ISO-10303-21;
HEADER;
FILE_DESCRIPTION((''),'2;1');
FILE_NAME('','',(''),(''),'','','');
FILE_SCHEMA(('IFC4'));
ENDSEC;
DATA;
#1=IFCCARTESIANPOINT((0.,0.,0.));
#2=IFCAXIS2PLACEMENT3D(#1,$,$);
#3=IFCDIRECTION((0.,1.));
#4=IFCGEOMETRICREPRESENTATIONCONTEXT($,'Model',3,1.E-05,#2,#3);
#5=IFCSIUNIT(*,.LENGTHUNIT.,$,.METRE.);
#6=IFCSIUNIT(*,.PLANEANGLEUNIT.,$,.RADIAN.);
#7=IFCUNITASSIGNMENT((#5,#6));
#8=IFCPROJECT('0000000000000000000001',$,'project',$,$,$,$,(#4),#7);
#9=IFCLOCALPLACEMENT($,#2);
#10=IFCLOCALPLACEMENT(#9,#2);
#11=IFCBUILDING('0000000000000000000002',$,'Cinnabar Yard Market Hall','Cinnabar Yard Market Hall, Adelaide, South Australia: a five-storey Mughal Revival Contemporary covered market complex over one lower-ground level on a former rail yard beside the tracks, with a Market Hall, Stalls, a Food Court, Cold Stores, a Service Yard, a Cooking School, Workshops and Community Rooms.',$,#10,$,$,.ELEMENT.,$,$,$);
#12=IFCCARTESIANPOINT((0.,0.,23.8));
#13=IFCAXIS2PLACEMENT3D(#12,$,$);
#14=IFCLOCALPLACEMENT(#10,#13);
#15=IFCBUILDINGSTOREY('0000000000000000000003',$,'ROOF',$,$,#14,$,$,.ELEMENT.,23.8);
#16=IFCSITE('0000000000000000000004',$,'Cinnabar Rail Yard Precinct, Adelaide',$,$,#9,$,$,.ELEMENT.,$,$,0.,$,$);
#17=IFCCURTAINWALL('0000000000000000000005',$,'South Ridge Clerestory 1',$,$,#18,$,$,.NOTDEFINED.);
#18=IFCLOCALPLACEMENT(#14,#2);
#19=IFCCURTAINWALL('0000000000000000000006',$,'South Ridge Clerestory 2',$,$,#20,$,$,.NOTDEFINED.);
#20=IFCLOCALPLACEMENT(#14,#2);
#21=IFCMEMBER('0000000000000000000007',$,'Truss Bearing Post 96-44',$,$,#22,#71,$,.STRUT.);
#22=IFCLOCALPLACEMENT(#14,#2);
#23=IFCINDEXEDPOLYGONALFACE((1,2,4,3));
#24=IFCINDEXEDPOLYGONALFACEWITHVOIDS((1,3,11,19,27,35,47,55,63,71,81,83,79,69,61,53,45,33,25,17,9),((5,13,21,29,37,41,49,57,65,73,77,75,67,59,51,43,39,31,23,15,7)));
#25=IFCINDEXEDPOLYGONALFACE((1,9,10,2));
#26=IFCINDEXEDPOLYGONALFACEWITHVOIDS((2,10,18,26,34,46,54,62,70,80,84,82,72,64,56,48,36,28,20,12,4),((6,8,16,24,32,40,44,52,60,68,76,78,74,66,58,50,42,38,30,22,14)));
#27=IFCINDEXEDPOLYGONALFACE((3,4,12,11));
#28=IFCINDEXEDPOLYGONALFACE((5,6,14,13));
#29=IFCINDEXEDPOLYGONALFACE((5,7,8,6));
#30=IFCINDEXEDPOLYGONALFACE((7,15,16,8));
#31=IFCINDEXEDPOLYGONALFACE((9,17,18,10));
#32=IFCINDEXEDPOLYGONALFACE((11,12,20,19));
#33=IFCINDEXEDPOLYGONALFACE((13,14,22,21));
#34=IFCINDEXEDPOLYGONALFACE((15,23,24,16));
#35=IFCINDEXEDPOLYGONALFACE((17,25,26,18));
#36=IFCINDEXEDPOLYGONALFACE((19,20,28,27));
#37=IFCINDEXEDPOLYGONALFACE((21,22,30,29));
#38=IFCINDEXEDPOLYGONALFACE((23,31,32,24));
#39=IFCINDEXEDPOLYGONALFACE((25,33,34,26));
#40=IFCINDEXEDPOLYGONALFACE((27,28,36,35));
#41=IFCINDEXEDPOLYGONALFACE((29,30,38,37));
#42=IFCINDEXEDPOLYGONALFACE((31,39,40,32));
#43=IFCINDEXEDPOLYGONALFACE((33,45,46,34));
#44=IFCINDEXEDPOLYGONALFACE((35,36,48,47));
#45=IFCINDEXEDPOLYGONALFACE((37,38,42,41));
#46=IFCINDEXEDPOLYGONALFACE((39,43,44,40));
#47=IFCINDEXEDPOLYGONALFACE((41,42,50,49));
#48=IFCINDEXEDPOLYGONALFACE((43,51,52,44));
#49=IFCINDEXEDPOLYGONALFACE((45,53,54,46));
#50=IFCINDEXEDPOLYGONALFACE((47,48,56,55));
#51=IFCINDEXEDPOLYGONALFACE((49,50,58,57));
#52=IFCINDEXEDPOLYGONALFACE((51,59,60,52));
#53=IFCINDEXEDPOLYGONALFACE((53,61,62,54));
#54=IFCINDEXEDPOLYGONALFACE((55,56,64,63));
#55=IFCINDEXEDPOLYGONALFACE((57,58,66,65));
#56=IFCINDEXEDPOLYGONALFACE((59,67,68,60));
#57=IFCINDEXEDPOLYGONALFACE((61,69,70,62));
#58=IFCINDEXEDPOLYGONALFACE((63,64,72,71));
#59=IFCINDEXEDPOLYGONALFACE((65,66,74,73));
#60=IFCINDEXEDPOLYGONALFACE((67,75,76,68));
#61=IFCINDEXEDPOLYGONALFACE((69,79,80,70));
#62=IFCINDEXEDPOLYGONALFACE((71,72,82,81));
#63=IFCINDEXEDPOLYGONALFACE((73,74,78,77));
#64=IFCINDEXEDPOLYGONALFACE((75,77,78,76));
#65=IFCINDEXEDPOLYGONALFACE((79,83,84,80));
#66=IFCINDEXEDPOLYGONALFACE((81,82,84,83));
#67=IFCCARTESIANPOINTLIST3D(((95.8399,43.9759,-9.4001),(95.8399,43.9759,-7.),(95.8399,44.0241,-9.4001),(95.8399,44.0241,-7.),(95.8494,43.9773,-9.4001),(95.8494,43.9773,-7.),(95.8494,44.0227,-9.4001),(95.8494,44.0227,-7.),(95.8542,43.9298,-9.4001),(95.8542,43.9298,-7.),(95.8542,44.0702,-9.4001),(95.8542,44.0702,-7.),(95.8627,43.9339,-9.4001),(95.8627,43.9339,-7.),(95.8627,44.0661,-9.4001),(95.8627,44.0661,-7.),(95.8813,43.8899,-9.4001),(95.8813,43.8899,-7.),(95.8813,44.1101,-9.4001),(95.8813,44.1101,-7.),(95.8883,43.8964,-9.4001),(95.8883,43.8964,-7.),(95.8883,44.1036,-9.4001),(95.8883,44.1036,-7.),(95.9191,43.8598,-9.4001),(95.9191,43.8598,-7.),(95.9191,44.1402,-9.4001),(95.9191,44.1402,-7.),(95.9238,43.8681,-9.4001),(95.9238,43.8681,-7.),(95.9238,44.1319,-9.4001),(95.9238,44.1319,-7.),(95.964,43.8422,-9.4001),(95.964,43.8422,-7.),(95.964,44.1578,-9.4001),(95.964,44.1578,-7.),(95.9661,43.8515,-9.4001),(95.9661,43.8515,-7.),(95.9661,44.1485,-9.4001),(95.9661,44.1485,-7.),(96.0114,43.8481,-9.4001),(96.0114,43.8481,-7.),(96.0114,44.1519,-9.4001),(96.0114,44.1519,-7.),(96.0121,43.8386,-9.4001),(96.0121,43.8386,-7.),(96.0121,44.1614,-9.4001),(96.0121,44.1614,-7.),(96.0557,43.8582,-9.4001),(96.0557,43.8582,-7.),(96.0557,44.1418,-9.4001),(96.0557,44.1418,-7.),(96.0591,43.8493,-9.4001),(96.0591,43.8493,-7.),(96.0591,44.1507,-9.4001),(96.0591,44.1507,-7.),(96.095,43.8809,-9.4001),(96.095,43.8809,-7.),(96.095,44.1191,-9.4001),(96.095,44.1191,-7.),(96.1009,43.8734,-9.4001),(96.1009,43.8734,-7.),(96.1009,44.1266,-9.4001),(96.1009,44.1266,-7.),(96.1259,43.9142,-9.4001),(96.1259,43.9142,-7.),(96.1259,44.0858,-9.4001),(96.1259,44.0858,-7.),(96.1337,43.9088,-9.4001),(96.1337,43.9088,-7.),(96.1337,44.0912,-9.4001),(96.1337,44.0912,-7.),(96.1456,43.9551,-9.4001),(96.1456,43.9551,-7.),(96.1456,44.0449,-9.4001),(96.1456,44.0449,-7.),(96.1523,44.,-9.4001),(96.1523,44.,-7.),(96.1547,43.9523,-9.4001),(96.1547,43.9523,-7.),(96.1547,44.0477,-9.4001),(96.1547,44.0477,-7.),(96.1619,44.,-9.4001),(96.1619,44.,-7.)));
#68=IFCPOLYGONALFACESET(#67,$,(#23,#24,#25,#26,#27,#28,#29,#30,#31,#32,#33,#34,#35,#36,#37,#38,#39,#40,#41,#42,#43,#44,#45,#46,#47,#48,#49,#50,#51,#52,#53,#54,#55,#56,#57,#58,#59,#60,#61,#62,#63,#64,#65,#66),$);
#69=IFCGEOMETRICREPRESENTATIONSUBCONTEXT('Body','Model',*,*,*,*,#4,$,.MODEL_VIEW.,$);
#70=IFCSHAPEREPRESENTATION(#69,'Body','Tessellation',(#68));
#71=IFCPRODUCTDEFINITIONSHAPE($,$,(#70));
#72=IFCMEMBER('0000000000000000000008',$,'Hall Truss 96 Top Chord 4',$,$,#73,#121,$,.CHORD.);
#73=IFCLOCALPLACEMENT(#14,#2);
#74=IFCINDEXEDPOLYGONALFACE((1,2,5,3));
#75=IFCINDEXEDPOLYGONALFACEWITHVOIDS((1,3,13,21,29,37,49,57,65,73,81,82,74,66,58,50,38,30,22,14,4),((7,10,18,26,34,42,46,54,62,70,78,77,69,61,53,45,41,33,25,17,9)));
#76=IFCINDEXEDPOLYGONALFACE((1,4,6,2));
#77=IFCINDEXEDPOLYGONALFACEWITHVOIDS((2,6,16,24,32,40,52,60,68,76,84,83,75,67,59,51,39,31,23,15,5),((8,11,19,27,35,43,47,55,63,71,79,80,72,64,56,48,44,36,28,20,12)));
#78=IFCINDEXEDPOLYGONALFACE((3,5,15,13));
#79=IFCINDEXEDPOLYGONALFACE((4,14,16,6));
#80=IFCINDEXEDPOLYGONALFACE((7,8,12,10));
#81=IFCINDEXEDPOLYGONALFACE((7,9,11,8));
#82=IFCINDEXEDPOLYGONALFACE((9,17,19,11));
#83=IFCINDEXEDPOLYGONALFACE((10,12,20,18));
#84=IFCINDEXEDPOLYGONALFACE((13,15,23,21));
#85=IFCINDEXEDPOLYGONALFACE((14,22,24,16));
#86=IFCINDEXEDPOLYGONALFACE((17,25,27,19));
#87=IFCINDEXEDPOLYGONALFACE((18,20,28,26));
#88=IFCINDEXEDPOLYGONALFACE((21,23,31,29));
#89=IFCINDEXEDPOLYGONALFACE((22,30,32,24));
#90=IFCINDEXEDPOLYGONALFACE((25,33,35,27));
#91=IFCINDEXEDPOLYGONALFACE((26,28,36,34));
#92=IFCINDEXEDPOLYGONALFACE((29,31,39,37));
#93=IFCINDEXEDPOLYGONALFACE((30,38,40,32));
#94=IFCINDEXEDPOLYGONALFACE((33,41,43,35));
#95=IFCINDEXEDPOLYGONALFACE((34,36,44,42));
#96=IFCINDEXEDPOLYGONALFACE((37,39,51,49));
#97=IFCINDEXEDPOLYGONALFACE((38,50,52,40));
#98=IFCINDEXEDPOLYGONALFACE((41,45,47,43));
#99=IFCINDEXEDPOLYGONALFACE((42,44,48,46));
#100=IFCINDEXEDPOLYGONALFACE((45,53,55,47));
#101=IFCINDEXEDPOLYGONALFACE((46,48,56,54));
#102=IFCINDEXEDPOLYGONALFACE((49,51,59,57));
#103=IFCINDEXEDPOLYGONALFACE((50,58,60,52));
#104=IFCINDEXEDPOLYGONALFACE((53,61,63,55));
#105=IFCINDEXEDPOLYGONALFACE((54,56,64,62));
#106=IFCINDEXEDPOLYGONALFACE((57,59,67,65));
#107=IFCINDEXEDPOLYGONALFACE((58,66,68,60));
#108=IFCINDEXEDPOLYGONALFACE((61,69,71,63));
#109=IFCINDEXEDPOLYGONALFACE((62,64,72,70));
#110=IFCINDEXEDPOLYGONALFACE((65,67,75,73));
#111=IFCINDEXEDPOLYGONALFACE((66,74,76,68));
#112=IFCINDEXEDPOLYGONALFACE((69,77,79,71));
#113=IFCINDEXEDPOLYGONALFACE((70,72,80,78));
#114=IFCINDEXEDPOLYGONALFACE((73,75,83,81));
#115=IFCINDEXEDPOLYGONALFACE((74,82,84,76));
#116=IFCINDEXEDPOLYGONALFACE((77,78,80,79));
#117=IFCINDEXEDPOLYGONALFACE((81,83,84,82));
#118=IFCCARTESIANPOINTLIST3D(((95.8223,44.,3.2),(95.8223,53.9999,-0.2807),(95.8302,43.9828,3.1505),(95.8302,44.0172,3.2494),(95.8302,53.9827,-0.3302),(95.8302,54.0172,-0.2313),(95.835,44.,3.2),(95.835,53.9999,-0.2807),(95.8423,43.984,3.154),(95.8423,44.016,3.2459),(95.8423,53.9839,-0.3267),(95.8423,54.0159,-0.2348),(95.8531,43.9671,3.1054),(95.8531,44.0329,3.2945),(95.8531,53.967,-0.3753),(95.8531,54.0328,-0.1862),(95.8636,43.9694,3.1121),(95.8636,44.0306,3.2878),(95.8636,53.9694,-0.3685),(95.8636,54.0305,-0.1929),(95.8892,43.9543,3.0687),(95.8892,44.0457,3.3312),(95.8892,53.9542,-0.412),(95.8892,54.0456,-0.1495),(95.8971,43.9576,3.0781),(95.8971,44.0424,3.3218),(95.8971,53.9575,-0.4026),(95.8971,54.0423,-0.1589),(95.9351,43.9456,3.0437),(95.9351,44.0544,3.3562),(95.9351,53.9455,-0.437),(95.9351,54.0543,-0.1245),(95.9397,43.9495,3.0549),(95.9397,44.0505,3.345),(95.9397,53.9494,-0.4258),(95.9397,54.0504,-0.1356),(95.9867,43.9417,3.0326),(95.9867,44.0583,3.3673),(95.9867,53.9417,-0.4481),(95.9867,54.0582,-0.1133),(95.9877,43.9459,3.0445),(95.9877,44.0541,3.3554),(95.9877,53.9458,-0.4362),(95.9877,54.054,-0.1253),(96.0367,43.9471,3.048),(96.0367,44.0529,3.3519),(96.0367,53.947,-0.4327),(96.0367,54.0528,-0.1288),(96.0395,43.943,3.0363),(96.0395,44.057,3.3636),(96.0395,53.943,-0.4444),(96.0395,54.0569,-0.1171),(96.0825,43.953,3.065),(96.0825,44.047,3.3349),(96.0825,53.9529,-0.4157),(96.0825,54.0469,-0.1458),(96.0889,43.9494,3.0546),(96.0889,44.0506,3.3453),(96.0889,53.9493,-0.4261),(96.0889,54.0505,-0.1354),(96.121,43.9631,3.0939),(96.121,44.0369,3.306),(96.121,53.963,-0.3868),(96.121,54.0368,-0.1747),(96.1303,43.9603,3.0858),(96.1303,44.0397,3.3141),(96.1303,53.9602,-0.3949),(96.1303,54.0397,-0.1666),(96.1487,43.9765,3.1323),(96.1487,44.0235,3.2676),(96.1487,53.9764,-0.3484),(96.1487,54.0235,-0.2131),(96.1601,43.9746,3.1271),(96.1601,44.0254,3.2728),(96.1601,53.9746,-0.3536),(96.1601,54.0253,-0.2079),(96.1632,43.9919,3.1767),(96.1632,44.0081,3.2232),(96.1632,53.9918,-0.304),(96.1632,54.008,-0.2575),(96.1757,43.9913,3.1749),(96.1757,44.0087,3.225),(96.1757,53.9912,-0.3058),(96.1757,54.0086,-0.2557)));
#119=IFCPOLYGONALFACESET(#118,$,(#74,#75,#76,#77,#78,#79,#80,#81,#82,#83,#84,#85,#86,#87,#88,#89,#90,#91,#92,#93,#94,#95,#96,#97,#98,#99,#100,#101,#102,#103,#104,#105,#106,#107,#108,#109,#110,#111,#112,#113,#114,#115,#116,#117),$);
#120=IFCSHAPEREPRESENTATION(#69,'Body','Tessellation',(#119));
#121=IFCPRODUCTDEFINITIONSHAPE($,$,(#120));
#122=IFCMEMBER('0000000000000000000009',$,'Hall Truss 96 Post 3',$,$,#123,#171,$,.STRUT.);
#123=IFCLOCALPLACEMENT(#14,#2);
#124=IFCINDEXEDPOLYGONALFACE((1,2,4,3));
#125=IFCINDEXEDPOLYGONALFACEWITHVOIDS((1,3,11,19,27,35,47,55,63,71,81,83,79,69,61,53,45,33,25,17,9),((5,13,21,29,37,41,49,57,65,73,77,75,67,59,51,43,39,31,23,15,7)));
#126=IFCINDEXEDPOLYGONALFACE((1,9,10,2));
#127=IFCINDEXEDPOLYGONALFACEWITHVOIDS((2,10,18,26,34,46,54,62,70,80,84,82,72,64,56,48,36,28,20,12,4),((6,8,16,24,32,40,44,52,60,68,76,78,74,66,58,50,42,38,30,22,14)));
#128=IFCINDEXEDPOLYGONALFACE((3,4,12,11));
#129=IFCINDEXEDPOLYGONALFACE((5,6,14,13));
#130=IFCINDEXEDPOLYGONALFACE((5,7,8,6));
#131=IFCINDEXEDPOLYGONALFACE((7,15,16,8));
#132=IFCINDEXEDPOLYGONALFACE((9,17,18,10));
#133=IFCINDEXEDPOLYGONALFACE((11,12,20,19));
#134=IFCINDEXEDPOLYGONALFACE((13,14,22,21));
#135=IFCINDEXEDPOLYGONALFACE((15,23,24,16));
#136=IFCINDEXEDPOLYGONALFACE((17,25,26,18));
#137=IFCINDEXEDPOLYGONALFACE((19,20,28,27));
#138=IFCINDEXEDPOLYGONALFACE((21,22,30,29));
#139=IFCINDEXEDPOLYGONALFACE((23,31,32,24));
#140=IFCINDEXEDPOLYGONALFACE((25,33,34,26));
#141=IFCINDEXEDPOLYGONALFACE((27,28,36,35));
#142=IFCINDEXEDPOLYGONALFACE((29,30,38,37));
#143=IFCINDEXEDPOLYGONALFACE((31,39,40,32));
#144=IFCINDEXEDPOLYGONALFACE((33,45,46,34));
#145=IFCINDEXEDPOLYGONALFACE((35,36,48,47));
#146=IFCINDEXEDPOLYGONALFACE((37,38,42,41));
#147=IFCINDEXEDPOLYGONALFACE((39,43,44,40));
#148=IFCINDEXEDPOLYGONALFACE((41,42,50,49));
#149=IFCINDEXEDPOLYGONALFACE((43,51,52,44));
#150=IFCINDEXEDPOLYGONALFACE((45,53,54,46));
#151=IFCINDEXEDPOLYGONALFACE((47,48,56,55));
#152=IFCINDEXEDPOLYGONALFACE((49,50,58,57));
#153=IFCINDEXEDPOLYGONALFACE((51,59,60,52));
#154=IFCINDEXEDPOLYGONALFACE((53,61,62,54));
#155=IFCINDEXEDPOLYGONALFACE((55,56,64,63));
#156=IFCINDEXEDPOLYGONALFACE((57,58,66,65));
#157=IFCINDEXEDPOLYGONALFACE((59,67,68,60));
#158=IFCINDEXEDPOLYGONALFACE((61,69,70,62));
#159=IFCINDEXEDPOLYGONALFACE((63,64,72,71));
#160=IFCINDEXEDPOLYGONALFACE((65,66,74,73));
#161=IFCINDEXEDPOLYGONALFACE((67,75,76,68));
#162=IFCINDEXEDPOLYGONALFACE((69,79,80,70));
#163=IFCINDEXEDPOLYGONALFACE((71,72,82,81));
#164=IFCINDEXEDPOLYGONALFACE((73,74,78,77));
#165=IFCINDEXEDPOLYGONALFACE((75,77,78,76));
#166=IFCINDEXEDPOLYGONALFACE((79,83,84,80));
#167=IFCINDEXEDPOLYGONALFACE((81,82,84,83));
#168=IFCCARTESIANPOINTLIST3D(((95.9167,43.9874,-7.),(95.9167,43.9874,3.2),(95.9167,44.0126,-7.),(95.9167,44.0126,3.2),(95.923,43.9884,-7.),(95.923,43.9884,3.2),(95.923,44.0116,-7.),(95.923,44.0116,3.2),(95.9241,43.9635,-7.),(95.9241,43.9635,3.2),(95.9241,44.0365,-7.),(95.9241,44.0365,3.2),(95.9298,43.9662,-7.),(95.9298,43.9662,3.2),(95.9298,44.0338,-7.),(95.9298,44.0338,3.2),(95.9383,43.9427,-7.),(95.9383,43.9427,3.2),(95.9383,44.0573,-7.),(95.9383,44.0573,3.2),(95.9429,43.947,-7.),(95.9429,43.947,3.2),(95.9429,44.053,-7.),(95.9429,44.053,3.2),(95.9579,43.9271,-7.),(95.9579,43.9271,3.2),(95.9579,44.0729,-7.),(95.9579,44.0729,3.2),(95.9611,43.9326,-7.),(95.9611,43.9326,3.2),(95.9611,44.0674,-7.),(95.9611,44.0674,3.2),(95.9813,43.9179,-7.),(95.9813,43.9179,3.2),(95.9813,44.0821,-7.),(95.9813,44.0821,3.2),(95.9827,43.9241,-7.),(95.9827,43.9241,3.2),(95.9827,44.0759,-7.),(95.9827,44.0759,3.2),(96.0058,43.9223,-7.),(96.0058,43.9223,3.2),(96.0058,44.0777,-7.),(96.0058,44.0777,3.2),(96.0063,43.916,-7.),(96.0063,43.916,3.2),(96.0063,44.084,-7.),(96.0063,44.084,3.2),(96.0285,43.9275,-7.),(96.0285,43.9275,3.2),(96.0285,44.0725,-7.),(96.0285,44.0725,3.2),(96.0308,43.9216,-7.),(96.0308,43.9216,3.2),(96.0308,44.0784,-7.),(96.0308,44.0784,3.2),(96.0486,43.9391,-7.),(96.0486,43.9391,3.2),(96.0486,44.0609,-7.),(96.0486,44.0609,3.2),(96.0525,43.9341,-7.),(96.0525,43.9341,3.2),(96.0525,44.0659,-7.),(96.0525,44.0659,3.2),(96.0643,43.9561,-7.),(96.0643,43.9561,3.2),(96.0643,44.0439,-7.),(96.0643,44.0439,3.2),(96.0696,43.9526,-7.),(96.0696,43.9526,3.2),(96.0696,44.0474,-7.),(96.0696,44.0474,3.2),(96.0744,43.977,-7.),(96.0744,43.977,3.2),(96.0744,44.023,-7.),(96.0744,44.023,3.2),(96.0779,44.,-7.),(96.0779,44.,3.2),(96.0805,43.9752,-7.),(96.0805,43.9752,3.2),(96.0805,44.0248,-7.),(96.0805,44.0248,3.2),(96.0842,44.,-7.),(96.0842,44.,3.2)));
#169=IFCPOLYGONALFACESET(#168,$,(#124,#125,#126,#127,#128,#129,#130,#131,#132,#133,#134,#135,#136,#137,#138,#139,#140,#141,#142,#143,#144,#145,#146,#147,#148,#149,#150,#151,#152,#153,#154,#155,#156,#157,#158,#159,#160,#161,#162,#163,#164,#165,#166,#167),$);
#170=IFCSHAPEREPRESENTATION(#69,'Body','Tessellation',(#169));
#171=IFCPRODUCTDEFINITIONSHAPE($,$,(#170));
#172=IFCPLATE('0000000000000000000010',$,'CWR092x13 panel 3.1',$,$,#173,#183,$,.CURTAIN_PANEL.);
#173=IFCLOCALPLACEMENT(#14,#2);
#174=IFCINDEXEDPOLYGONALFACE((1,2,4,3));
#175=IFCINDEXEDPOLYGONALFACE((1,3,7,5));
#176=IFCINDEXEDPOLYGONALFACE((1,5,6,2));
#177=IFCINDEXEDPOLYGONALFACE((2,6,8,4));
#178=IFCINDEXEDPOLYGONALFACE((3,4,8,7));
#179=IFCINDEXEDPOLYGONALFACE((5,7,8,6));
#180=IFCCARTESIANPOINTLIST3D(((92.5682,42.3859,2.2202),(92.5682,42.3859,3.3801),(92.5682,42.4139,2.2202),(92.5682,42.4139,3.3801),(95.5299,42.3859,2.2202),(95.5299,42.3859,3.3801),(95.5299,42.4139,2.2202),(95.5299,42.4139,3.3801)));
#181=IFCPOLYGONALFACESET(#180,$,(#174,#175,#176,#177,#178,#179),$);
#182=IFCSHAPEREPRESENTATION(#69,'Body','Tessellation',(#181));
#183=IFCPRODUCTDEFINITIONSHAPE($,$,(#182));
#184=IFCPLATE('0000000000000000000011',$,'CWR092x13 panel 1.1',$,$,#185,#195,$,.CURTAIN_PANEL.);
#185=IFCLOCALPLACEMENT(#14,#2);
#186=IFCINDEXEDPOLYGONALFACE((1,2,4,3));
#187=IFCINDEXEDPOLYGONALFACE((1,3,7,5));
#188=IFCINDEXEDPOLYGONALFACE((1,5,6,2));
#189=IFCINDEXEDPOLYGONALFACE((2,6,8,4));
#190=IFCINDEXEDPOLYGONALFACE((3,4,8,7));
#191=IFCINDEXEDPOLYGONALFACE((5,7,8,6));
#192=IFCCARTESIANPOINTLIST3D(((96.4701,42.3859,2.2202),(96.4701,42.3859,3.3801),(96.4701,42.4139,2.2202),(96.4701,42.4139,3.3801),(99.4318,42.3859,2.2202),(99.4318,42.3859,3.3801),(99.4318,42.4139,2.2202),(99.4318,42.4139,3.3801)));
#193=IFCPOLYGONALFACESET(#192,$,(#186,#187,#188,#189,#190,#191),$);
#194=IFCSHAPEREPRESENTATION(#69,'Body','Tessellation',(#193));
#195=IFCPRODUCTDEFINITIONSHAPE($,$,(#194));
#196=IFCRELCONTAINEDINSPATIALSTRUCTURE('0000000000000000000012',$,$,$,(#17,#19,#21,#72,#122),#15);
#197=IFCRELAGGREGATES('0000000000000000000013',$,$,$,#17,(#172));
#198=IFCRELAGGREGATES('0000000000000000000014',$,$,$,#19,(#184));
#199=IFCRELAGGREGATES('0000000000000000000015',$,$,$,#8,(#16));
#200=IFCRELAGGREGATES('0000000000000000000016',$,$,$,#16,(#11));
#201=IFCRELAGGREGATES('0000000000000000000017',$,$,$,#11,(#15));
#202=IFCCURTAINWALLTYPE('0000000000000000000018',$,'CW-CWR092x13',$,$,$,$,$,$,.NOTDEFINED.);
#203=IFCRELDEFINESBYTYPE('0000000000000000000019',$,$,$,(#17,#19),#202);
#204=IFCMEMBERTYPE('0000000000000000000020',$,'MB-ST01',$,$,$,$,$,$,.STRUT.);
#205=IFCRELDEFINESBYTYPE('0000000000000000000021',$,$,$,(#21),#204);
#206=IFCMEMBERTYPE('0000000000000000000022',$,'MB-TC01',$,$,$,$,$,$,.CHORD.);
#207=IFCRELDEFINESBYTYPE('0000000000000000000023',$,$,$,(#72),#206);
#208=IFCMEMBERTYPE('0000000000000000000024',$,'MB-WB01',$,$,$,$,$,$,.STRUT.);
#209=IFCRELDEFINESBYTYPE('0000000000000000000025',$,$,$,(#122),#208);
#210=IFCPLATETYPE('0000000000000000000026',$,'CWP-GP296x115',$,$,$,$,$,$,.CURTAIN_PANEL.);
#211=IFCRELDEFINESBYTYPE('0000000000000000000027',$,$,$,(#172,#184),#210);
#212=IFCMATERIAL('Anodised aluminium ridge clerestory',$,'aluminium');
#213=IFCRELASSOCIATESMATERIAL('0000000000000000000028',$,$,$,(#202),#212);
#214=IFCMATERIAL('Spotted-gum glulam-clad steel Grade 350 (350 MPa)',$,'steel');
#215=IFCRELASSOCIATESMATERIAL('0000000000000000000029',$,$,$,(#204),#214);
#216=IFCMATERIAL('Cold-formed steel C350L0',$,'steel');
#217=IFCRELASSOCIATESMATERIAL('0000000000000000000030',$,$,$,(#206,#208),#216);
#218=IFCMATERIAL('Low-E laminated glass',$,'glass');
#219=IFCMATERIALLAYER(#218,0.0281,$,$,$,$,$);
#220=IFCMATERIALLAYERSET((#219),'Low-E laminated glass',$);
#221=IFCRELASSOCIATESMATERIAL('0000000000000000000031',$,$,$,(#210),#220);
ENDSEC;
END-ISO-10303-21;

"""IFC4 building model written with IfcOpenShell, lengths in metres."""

from ifc_helpers import new_model, si_unit, direction, frame, origin, origin_2d_with_axis, place, context, subcontext, project, spatial, rectangle, hollow_circle, extrude, material, layer, layer_set, material_profile, profile_set, type_object, element, aggregate, save


model = new_model("IFC4")

# Units and contexts
model_context = context("Model", 3, precision=1e-05, world=origin(), true_north=direction((0.0, 1.0)))
body_context = subcontext(model_context, "Body", "Model", "MODEL_VIEW")
ifc_project = project(units=[si_unit("LENGTHUNIT", "METRE"), si_unit("PLANEANGLEUNIT", "RADIAN")], contexts=[model_context])

# Site, building, storey
site_placement = place(None, origin())
site = spatial("IfcSite", under=ifc_project, at=site_placement, Name="Cinnabar Rail Yard Precinct, Adelaide", CompositionType="ELEMENT", RefElevation=0.0)
building_placement = place(site_placement, origin())
building = spatial("IfcBuilding", under=site, at=building_placement, Name="Cinnabar Yard Market Hall", Description="Cinnabar Yard Market Hall, Adelaide, South Australia: a five-storey Mughal Revival Contemporary covered market complex over one lower-ground level on a former rail yard beside the tracks, with a Market Hall, Stalls, a Food Court, Cold Stores, a Service Yard, a Cooking School, Workshops and Community Rooms.", CompositionType="ELEMENT")
storey_placement = place(building_placement, frame((0.0, 0.0, 23.8)))
storey = spatial("IfcBuildingStorey", under=building, at=storey_placement, Name="ROOF", CompositionType="ELEMENT", Elevation=23.8)

# Curtain walls
ifc_material_1 = material(Name="Anodised aluminium ridge clerestory", Category="aluminium")
curtain_wall_type = type_object("IfcCurtainWallType", Name="CW-CWR092x13", PredefinedType="NOTDEFINED", material=ifc_material_1)
curtain_wall_1_placement = place(storey_placement, origin())
curtain_wall_1 = element("IfcCurtainWall", 1, at=curtain_wall_1_placement, inside=storey, type_object=curtain_wall_type, Name="South Ridge Clerestory 1", PredefinedType="NOTDEFINED")
curtain_wall_2_placement = place(storey_placement, origin())
curtain_wall_2 = element("IfcCurtainWall", 2, at=curtain_wall_2_placement, inside=storey, type_object=curtain_wall_type, Name="South Ridge Clerestory 2", PredefinedType="NOTDEFINED")

# Members
ifc_material_2 = material(Name="Cold-formed steel C350L0", Category="steel")
ifc_material_3 = material(Name="Spotted-gum glulam-clad steel Grade 350 (350 MPa)", Category="steel")
ifc_material_profile_1 = material_profile(ifc_material_3, hollow_circle(Radius=0.1619, WallThickness=0.0095, at=origin_2d_with_axis()), Name="323.9x9.5CHS")
ifc_profile_set_1 = profile_set([ifc_material_profile_1], Name="Spotted-gum glulam-clad steel Grade 350 (350 MPa)")
member_type_1 = type_object("IfcMemberType", Name="MB-ST01", PredefinedType="STRUT", material=ifc_profile_set_1)
member_1_placement = place(storey_placement, frame((96.0, 44.0, -9.4001), z_axis=(0.0, 0.0, 1.0), x_axis=(1.0, 0.0, 0.0)))
element("IfcMember", 3, at=member_1_placement, inside=storey, type_object=member_type_1, Name="Truss Bearing Post 96-44", PredefinedType="STRUT", context=body_context, shape_type="SweptSolid", body=[
    extrude(hollow_circle(Radius=0.1619, WallThickness=0.0095, at=origin_2d_with_axis()), origin(), (0.0, 0.0, 1.0), 2.4001),
])
ifc_material_profile_2 = material_profile(ifc_material_2, hollow_circle(Radius=0.1777, WallThickness=0.0127, at=origin_2d_with_axis()), Name="355.6x12.7CHS")
ifc_profile_set_2 = profile_set([ifc_material_profile_2], Name="Cold-formed steel C350L0")
member_type_2 = type_object("IfcMemberType", Name="MB-TC01", PredefinedType="CHORD", material=ifc_profile_set_2)
member_2_placement = place(storey_placement, frame((96.0, 44.0, 3.2), z_axis=(0.0, 0.944425, -0.328727), x_axis=(-1.0, 0.0, 0.0)))
element("IfcMember", 4, at=member_2_placement, inside=storey, type_object=member_type_2, Name="Hall Truss 96 Top Chord 4", PredefinedType="CHORD", context=body_context, shape_type="SweptSolid", body=[
    extrude(hollow_circle(Radius=0.1777, WallThickness=0.0127, at=origin_2d_with_axis()), origin(), (0.0, 0.0, 1.0), 10.5884),
])
ifc_material_profile_3 = material_profile(ifc_material_2, hollow_circle(Radius=0.0842, WallThickness=0.0063, at=origin_2d_with_axis()), Name="168.3x6.4CHS")
ifc_profile_set_3 = profile_set([ifc_material_profile_3], Name="Cold-formed steel C350L0")
member_type_3 = type_object("IfcMemberType", Name="MB-WB01", PredefinedType="STRUT", material=ifc_profile_set_3)
member_3_placement = place(storey_placement, frame((96.0, 44.0, -7.0), z_axis=(0.0, 0.0, 1.0), x_axis=(1.0, 0.0, 0.0)))
element("IfcMember", 5, at=member_3_placement, inside=storey, type_object=member_type_3, Name="Hall Truss 96 Post 3", PredefinedType="STRUT", context=body_context, shape_type="SweptSolid", body=[
    extrude(hollow_circle(Radius=0.0842, WallThickness=0.0063, at=origin_2d_with_axis()), origin(), (0.0, 0.0, 1.0), 10.2),
])

# Plates
ifc_material_4 = material(Name="Low-E laminated glass", Category="glass")
ifc_layer_1 = layer(ifc_material_4, 0.0281)
ifc_layer_set_1 = layer_set([ifc_layer_1], Name="Low-E laminated glass")
plate_type_1 = type_object("IfcPlateType", Name="CWP-GP296x115", PredefinedType="CURTAIN_PANEL", material=ifc_layer_set_1)
plate_1_placement = place(storey_placement, frame((94.0491, 42.3999, 2.2202), z_axis=(0.0, 0.0, 1.0), x_axis=(1.0, 0.0, 0.0)))
plate_1 = element("IfcPlate", 6, at=plate_1_placement, type_object=plate_type_1, Name="CWR092x13 panel 3.1", PredefinedType="CURTAIN_PANEL", context=body_context, shape_type="SweptSolid", body=[
    extrude(rectangle(XDim=2.9617, YDim=0.0281, at=origin_2d_with_axis()), origin(), (0.0, 0.0, 1.0), 1.1599),
])
plate_2_placement = place(storey_placement, frame((97.9509, 42.3999, 2.2202), z_axis=(0.0, 0.0, 1.0), x_axis=(1.0, 0.0, 0.0)))
plate_2 = element("IfcPlate", 7, at=plate_2_placement, type_object=plate_type_1, Name="CWR092x13 panel 1.1", PredefinedType="CURTAIN_PANEL", context=body_context, shape_type="SweptSolid", body=[
    extrude(rectangle(XDim=2.9617, YDim=0.0281, at=origin_2d_with_axis()), origin(), (0.0, 0.0, 1.0), 1.1599),
])
aggregate(curtain_wall_1, [plate_1])
aggregate(curtain_wall_2, [plate_2])

save(model, "model.ifc")
